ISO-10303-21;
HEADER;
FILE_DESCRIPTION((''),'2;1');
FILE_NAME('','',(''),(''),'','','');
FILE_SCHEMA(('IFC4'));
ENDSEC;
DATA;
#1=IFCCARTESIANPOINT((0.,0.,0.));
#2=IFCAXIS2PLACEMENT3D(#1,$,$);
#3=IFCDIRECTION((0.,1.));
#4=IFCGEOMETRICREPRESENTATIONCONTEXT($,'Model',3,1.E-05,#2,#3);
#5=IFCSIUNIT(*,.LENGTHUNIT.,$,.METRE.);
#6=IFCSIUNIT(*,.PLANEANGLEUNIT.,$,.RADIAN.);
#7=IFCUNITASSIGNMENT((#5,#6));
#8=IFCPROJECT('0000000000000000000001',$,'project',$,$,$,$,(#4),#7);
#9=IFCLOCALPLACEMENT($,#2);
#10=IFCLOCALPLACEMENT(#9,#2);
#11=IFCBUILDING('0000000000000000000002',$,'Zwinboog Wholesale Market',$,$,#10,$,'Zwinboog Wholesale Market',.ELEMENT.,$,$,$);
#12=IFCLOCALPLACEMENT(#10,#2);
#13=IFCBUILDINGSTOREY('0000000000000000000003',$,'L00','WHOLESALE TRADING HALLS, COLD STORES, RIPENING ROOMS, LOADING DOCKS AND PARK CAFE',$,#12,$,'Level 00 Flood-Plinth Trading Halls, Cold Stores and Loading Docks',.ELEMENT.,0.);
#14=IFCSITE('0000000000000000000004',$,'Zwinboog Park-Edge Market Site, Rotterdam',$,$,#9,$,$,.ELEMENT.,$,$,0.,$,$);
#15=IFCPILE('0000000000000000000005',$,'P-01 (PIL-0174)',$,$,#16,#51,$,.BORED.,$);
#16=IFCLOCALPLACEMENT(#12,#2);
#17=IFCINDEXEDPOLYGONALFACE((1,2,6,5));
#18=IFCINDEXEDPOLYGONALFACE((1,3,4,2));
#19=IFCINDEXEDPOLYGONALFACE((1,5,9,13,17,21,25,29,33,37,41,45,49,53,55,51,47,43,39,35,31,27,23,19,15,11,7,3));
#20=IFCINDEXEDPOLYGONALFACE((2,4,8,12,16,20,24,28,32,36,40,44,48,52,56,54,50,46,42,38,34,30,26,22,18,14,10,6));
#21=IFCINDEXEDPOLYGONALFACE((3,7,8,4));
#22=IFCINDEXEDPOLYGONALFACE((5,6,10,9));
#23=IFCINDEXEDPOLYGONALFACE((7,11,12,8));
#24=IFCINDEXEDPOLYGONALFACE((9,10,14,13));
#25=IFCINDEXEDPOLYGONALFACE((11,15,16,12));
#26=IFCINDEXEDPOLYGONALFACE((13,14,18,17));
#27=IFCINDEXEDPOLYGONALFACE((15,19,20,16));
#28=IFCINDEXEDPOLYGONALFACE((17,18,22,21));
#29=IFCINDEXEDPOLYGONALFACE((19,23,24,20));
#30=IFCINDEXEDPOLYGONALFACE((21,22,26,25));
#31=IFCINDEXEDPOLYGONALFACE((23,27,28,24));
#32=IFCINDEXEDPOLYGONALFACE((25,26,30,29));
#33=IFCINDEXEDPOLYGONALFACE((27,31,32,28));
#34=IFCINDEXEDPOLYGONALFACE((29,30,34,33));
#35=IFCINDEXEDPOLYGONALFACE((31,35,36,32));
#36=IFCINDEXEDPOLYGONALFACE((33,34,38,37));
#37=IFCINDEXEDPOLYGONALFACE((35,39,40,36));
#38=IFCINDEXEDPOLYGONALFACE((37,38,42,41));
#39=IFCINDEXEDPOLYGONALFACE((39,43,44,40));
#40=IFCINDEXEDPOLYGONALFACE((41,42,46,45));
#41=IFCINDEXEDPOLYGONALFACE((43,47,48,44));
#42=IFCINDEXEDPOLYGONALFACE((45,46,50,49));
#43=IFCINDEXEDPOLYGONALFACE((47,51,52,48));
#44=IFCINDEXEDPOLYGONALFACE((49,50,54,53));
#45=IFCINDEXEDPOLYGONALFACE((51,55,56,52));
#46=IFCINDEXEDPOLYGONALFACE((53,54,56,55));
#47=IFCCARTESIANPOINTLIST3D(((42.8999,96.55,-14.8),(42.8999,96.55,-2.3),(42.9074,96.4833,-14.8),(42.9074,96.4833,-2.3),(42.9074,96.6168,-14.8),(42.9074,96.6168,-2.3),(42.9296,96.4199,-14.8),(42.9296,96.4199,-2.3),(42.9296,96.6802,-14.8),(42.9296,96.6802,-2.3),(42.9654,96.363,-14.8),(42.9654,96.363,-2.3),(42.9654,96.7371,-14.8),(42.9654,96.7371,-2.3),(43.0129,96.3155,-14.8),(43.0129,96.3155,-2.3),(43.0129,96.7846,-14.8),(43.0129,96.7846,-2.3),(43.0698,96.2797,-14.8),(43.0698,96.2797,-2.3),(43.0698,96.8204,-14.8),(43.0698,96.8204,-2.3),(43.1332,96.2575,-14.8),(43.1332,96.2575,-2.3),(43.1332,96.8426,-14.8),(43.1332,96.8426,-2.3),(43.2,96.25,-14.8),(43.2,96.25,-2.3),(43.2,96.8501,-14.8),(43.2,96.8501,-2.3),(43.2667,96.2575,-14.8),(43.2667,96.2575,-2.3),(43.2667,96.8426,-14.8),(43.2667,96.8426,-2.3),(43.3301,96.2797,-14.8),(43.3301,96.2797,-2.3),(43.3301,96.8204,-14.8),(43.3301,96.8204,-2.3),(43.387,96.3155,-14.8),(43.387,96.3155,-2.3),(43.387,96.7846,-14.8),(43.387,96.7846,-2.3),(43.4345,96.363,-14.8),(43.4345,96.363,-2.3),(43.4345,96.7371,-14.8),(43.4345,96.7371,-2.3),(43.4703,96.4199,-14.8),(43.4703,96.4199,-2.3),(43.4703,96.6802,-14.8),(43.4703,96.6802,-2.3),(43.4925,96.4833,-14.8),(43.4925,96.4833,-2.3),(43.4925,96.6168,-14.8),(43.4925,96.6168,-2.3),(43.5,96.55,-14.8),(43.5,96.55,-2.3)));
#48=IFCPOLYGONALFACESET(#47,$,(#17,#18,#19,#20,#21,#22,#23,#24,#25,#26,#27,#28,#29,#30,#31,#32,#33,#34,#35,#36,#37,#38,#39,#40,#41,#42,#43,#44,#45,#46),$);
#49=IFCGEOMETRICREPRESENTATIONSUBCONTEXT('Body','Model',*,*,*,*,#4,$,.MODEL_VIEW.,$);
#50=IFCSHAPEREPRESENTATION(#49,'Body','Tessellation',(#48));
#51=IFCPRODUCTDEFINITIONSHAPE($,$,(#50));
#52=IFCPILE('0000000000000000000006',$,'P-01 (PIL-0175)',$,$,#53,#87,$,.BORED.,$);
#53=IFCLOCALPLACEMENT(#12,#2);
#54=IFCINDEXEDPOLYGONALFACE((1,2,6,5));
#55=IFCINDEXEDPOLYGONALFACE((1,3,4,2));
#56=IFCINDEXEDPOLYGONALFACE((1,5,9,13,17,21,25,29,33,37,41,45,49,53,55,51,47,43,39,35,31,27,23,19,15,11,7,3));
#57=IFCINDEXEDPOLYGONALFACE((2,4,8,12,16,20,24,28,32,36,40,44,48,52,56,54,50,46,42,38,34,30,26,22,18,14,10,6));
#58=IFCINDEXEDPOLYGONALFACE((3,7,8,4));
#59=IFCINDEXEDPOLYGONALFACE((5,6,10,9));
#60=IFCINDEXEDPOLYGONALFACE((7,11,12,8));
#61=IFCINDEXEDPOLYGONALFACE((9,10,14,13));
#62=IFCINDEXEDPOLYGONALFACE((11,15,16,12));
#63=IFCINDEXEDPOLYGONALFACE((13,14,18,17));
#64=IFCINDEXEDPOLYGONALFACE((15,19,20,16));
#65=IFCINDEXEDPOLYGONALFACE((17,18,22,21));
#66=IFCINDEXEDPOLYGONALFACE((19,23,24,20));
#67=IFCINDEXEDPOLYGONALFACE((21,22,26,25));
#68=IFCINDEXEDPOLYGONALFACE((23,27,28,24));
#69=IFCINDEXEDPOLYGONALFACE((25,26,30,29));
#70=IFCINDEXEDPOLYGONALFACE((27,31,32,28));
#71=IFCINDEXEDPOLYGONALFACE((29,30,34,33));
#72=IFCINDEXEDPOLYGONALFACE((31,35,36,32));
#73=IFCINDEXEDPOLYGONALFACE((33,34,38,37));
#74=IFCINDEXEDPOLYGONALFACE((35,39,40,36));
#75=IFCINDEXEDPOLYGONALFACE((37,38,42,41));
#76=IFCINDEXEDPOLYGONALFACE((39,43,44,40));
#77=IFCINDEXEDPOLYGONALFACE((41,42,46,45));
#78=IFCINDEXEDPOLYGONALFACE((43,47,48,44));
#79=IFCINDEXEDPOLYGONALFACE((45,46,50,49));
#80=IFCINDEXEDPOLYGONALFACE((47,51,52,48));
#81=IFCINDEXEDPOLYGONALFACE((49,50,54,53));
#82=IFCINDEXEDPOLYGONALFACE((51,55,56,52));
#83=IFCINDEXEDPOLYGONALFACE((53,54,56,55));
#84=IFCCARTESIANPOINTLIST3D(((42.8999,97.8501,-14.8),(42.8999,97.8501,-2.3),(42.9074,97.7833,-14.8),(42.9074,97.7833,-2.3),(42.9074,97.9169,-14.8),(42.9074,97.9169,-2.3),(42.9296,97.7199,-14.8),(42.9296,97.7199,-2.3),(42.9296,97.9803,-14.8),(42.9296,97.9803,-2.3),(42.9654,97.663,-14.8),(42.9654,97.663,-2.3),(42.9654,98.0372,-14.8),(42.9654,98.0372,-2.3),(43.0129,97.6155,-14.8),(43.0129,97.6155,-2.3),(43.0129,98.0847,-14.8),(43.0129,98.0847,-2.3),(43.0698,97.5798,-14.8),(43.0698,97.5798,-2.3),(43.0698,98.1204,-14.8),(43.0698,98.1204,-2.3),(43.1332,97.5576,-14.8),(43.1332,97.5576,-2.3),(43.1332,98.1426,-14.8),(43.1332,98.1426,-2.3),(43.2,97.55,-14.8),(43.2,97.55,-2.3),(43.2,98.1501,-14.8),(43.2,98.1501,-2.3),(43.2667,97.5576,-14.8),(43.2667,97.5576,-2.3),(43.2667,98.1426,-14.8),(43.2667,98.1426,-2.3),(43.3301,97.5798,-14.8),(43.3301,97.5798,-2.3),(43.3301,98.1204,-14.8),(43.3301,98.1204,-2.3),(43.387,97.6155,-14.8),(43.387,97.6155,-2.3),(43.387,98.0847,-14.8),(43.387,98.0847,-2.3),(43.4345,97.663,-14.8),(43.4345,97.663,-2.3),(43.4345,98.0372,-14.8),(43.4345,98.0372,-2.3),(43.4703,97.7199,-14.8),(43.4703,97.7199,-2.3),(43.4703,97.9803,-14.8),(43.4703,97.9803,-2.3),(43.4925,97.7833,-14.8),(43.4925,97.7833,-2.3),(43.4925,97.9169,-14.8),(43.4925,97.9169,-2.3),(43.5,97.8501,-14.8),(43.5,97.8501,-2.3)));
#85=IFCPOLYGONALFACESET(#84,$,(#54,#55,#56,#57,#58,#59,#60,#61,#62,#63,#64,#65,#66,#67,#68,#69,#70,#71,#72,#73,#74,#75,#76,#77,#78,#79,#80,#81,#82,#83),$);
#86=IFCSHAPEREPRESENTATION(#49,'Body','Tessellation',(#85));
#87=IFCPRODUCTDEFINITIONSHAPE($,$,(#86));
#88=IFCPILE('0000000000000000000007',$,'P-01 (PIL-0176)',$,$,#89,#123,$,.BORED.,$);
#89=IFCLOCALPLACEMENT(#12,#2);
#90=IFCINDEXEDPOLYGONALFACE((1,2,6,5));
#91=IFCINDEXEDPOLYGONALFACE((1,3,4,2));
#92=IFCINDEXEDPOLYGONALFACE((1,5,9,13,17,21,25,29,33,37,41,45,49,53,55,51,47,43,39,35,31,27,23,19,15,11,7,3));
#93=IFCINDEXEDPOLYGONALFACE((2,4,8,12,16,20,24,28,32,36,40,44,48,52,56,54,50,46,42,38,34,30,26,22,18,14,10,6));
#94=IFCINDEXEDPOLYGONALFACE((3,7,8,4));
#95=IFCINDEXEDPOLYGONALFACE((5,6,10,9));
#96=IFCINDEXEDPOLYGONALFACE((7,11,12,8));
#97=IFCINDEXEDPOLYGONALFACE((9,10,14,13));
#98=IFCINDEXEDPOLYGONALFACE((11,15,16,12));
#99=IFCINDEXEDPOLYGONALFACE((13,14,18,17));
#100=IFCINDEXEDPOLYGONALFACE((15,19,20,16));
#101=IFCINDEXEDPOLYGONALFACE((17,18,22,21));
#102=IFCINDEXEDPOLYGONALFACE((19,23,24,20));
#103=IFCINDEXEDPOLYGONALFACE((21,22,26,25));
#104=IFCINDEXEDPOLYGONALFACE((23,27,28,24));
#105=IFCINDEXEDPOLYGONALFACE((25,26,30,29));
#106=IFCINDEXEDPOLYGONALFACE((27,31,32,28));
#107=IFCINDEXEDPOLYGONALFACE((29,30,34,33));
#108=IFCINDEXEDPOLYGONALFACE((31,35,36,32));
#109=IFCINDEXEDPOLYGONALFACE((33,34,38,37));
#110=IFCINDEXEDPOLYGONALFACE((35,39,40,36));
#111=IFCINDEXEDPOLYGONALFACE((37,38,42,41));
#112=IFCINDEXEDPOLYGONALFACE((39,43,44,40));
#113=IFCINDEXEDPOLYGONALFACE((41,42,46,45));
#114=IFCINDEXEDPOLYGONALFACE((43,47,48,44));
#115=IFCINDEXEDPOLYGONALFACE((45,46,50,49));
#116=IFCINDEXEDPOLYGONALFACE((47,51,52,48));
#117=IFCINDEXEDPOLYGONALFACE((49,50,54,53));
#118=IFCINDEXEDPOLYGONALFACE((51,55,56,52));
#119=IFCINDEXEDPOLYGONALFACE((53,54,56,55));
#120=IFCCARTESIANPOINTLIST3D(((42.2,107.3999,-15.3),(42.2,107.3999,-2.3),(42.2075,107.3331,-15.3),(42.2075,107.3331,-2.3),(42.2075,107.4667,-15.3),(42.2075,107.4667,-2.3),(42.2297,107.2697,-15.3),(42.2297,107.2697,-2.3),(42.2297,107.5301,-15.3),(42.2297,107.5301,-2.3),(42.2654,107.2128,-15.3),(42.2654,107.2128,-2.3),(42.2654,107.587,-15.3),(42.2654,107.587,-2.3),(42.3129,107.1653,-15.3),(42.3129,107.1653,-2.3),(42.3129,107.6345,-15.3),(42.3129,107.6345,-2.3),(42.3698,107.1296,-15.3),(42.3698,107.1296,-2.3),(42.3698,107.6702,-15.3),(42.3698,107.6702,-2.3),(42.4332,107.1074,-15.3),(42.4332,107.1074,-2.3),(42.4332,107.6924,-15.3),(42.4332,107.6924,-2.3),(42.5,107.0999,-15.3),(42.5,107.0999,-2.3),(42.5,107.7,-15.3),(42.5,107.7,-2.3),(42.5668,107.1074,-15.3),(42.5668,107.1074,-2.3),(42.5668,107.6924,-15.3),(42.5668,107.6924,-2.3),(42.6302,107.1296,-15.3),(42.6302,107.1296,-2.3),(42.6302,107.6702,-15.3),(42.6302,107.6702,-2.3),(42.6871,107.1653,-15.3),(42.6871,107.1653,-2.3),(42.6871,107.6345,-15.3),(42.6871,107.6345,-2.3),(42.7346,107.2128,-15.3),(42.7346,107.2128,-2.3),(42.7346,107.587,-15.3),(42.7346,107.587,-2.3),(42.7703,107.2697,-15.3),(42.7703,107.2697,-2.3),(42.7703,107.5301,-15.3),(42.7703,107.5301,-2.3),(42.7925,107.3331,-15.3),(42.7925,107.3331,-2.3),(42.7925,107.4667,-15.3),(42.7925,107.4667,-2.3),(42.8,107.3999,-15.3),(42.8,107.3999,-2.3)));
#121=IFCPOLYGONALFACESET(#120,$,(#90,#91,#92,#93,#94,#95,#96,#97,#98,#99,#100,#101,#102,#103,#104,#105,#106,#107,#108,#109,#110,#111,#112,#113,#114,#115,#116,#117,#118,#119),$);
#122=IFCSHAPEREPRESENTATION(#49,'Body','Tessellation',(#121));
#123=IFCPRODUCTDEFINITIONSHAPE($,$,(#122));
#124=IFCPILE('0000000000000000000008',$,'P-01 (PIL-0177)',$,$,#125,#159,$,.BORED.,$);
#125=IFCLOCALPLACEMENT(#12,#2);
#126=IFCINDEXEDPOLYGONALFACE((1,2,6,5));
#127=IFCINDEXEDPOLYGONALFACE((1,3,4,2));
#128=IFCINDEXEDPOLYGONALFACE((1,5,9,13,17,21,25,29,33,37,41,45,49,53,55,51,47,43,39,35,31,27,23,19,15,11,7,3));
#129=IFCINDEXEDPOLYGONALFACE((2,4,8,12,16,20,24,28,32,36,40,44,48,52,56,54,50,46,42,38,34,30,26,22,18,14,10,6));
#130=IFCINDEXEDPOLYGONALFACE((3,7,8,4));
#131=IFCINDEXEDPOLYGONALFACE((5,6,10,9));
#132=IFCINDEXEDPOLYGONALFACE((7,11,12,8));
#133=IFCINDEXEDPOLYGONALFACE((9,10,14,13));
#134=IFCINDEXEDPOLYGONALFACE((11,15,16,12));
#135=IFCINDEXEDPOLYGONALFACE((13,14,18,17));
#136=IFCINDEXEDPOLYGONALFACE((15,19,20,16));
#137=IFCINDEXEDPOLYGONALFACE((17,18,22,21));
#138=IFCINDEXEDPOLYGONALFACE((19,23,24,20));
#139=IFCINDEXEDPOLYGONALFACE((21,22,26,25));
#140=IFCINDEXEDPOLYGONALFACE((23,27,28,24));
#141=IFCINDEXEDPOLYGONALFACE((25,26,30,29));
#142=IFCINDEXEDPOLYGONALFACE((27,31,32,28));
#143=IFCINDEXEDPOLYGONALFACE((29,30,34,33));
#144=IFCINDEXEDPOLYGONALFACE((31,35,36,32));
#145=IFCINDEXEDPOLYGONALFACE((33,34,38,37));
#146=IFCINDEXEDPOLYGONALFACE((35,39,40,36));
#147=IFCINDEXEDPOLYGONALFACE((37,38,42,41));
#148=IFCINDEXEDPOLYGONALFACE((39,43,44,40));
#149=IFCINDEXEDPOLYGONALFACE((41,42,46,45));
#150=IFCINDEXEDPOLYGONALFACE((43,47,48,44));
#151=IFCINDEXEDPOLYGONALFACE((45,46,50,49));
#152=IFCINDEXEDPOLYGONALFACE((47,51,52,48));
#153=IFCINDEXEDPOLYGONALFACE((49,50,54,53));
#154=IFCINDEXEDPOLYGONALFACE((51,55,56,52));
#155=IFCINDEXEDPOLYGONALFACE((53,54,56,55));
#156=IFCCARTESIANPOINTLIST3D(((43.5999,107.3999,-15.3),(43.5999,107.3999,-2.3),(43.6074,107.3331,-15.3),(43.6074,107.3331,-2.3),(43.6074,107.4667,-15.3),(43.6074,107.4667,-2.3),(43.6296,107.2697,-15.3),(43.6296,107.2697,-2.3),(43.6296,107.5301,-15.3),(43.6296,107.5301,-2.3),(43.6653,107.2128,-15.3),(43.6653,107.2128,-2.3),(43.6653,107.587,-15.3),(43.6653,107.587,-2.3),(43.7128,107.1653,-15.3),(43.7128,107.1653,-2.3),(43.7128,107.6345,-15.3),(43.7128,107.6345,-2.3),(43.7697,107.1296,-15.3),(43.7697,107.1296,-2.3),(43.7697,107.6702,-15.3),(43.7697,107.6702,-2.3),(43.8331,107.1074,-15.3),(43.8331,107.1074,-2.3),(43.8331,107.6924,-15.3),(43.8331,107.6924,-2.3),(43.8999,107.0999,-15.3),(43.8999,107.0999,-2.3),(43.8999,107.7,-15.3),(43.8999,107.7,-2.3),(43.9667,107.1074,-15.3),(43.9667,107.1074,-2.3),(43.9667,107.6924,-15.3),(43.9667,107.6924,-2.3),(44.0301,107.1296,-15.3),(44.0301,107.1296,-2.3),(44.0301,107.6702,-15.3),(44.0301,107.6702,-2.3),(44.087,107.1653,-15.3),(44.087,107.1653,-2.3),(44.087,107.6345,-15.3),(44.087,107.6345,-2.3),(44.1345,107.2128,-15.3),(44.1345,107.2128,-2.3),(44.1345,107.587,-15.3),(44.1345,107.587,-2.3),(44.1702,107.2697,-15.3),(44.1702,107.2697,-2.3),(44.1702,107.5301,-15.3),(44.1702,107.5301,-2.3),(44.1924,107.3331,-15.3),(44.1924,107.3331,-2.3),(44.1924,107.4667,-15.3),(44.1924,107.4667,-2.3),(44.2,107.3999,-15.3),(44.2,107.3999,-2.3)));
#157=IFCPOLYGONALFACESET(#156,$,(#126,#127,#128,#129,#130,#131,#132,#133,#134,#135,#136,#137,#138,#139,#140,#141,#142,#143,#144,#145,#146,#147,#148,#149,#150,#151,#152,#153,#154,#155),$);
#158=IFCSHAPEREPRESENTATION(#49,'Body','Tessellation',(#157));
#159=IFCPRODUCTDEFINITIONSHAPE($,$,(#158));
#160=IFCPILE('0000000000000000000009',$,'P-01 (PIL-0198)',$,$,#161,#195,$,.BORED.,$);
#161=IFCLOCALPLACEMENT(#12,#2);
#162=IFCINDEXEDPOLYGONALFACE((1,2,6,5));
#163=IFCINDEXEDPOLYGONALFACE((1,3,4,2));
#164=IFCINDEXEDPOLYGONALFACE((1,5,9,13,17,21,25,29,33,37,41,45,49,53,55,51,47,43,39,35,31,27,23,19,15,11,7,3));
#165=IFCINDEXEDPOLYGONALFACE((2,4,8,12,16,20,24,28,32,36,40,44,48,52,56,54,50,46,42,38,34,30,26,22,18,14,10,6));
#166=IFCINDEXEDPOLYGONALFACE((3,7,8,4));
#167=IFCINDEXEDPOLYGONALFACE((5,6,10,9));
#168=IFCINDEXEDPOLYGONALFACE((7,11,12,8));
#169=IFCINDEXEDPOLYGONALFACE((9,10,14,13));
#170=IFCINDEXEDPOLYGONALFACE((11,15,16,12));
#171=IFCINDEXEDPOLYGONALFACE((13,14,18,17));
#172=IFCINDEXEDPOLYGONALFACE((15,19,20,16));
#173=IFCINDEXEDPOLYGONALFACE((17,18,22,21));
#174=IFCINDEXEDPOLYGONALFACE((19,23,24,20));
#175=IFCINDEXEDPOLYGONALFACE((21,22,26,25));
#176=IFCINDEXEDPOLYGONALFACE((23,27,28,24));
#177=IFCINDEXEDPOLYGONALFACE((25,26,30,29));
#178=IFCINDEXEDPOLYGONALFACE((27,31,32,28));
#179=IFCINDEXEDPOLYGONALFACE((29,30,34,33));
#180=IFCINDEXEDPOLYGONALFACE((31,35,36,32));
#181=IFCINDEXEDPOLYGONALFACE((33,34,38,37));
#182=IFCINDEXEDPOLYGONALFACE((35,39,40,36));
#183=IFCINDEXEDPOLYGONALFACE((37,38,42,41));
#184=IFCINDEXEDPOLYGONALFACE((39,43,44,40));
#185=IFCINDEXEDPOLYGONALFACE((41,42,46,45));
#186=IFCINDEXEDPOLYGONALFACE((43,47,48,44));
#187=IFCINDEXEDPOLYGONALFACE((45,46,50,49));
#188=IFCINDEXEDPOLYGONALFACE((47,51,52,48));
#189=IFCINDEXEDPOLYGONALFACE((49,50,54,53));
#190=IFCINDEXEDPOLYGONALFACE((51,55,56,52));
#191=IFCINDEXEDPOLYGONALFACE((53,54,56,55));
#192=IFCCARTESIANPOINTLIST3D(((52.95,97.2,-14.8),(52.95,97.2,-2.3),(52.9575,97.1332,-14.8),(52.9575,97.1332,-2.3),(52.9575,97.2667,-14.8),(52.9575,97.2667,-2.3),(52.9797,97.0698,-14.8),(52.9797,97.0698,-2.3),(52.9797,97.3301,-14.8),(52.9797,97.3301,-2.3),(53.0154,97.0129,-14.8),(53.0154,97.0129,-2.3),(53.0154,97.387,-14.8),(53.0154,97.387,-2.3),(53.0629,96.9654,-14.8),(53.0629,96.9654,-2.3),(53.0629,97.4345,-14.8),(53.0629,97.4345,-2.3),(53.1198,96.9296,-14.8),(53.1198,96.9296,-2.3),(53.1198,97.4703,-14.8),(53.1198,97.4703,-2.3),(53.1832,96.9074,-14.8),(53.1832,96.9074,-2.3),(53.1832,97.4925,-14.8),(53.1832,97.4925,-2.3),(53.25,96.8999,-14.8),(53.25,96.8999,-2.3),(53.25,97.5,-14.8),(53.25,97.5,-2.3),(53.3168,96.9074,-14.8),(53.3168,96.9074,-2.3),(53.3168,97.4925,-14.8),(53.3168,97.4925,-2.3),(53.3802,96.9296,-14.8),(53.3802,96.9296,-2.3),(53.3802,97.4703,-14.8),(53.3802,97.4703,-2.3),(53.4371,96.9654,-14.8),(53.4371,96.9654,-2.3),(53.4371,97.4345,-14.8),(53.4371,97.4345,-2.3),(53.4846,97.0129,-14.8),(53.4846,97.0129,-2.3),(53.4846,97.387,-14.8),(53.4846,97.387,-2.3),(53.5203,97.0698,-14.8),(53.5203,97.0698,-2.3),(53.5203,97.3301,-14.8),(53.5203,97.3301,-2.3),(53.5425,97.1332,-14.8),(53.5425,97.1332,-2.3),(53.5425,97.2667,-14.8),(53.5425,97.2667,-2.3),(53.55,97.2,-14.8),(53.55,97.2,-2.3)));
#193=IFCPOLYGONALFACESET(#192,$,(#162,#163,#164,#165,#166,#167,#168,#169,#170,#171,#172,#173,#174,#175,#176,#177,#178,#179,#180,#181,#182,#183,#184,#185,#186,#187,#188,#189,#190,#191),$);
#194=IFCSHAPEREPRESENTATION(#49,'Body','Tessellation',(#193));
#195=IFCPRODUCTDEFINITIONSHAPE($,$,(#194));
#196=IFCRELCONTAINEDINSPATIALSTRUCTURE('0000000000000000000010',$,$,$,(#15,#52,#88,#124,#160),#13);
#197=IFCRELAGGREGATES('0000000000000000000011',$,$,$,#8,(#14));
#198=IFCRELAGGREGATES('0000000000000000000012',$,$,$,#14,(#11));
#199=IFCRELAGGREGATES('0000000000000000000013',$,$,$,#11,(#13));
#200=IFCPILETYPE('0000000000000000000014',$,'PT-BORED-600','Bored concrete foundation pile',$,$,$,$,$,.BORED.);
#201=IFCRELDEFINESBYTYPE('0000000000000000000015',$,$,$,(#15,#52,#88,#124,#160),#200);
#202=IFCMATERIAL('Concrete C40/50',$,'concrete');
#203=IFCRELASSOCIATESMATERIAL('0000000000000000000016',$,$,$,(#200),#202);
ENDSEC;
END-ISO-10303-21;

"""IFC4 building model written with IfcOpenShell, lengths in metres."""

from ifc_helpers import new_model, si_unit, direction, frame, origin, origin_2d, place, context, subcontext, project, spatial, circle, extrude, material, material_profile, profile_set, type_object, element, save


model = new_model("IFC4")

# Units and contexts
model_context = context("Model", 3, precision=1e-05, world=origin(), true_north=direction((0.0, 1.0)))
body_context = subcontext(model_context, "Body", "Model", "MODEL_VIEW")
ifc_project = project(units=[si_unit("LENGTHUNIT", "METRE"), si_unit("PLANEANGLEUNIT", "RADIAN")], contexts=[model_context])

# Site, building, storey
site_placement = place(None, origin())
site = spatial("IfcSite", under=ifc_project, at=site_placement, Name="Zwinboog Park-Edge Market Site, Rotterdam", CompositionType="ELEMENT", RefElevation=0.0)
building_placement = place(site_placement, origin())
building = spatial("IfcBuilding", under=site, at=building_placement, Name="Zwinboog Wholesale Market", LongName="Zwinboog Wholesale Market", CompositionType="ELEMENT")
storey_placement = place(building_placement, origin())
storey = spatial("IfcBuildingStorey", under=building, at=storey_placement, Name="L00", Description="WHOLESALE TRADING HALLS, COLD STORES, RIPENING ROOMS, LOADING DOCKS AND PARK CAFE", LongName="Level 00 Flood-Plinth Trading Halls, Cold Stores and Loading Docks", CompositionType="ELEMENT", Elevation=0.0)

# Piles
ifc_material_1 = material(Name="Concrete C40/50", Category="concrete")
ifc_material_profile_1 = material_profile(ifc_material_1, circle(Radius=0.3, at=origin_2d()), Name="PILE D600")
ifc_profile_set_1 = profile_set([ifc_material_profile_1], Name="Concrete C40/50")
pile_type_1 = type_object("IfcPileType", Name="PT-BORED-600", Description="Bored concrete foundation pile", PredefinedType="BORED", material=ifc_profile_set_1)
for number, where, z_axis, x_axis, name in (
    (1, (43.2, 96.55, -2.3), (0.0, 0.0, -1.0), (1.0, 0.0, 0.0), "P-01 (PIL-0174)"),
    (2, (43.2, 97.8501, -2.3), (0.0, 0.0, -1.0), (1.0, 0.0, 0.0), "P-01 (PIL-0175)"),
):
    element("IfcPile", number, at=place(storey_placement, frame(where, z_axis=z_axis, x_axis=x_axis)), inside=storey, type_object=pile_type_1, Name=name, PredefinedType="BORED", context=body_context, shape_type="SweptSolid", body=[
        extrude(circle(Radius=0.3, at=origin_2d()), origin(), (0.0, 0.0, 1.0), 12.5),
    ])
for number, where, z_axis, x_axis, name in (
    (3, (42.5, 107.3999, -2.3), (0.0, 0.0, -1.0), (1.0, 0.0, 0.0), "P-01 (PIL-0176)"),
    (4, (43.8999, 107.3999, -2.3), (0.0, 0.0, -1.0), (1.0, 0.0, 0.0), "P-01 (PIL-0177)"),
):
    element("IfcPile", number, at=place(storey_placement, frame(where, z_axis=z_axis, x_axis=x_axis)), inside=storey, type_object=pile_type_1, Name=name, PredefinedType="BORED", context=body_context, shape_type="SweptSolid", body=[
        extrude(circle(Radius=0.3, at=origin_2d()), origin(), (0.0, 0.0, 1.0), 13.0),
    ])
for number, where, z_axis, x_axis, name in (
    (5, (53.25, 97.2, -2.3), (0.0, 0.0, -1.0), (1.0, 0.0, 0.0), "P-01 (PIL-0198)"),
):
    element("IfcPile", number, at=place(storey_placement, frame(where, z_axis=z_axis, x_axis=x_axis)), inside=storey, type_object=pile_type_1, Name=name, PredefinedType="BORED", context=body_context, shape_type="SweptSolid", body=[
        extrude(circle(Radius=0.3, at=origin_2d()), origin(), (0.0, 0.0, 1.0), 12.5),
    ])

save(model, "model.ifc")
